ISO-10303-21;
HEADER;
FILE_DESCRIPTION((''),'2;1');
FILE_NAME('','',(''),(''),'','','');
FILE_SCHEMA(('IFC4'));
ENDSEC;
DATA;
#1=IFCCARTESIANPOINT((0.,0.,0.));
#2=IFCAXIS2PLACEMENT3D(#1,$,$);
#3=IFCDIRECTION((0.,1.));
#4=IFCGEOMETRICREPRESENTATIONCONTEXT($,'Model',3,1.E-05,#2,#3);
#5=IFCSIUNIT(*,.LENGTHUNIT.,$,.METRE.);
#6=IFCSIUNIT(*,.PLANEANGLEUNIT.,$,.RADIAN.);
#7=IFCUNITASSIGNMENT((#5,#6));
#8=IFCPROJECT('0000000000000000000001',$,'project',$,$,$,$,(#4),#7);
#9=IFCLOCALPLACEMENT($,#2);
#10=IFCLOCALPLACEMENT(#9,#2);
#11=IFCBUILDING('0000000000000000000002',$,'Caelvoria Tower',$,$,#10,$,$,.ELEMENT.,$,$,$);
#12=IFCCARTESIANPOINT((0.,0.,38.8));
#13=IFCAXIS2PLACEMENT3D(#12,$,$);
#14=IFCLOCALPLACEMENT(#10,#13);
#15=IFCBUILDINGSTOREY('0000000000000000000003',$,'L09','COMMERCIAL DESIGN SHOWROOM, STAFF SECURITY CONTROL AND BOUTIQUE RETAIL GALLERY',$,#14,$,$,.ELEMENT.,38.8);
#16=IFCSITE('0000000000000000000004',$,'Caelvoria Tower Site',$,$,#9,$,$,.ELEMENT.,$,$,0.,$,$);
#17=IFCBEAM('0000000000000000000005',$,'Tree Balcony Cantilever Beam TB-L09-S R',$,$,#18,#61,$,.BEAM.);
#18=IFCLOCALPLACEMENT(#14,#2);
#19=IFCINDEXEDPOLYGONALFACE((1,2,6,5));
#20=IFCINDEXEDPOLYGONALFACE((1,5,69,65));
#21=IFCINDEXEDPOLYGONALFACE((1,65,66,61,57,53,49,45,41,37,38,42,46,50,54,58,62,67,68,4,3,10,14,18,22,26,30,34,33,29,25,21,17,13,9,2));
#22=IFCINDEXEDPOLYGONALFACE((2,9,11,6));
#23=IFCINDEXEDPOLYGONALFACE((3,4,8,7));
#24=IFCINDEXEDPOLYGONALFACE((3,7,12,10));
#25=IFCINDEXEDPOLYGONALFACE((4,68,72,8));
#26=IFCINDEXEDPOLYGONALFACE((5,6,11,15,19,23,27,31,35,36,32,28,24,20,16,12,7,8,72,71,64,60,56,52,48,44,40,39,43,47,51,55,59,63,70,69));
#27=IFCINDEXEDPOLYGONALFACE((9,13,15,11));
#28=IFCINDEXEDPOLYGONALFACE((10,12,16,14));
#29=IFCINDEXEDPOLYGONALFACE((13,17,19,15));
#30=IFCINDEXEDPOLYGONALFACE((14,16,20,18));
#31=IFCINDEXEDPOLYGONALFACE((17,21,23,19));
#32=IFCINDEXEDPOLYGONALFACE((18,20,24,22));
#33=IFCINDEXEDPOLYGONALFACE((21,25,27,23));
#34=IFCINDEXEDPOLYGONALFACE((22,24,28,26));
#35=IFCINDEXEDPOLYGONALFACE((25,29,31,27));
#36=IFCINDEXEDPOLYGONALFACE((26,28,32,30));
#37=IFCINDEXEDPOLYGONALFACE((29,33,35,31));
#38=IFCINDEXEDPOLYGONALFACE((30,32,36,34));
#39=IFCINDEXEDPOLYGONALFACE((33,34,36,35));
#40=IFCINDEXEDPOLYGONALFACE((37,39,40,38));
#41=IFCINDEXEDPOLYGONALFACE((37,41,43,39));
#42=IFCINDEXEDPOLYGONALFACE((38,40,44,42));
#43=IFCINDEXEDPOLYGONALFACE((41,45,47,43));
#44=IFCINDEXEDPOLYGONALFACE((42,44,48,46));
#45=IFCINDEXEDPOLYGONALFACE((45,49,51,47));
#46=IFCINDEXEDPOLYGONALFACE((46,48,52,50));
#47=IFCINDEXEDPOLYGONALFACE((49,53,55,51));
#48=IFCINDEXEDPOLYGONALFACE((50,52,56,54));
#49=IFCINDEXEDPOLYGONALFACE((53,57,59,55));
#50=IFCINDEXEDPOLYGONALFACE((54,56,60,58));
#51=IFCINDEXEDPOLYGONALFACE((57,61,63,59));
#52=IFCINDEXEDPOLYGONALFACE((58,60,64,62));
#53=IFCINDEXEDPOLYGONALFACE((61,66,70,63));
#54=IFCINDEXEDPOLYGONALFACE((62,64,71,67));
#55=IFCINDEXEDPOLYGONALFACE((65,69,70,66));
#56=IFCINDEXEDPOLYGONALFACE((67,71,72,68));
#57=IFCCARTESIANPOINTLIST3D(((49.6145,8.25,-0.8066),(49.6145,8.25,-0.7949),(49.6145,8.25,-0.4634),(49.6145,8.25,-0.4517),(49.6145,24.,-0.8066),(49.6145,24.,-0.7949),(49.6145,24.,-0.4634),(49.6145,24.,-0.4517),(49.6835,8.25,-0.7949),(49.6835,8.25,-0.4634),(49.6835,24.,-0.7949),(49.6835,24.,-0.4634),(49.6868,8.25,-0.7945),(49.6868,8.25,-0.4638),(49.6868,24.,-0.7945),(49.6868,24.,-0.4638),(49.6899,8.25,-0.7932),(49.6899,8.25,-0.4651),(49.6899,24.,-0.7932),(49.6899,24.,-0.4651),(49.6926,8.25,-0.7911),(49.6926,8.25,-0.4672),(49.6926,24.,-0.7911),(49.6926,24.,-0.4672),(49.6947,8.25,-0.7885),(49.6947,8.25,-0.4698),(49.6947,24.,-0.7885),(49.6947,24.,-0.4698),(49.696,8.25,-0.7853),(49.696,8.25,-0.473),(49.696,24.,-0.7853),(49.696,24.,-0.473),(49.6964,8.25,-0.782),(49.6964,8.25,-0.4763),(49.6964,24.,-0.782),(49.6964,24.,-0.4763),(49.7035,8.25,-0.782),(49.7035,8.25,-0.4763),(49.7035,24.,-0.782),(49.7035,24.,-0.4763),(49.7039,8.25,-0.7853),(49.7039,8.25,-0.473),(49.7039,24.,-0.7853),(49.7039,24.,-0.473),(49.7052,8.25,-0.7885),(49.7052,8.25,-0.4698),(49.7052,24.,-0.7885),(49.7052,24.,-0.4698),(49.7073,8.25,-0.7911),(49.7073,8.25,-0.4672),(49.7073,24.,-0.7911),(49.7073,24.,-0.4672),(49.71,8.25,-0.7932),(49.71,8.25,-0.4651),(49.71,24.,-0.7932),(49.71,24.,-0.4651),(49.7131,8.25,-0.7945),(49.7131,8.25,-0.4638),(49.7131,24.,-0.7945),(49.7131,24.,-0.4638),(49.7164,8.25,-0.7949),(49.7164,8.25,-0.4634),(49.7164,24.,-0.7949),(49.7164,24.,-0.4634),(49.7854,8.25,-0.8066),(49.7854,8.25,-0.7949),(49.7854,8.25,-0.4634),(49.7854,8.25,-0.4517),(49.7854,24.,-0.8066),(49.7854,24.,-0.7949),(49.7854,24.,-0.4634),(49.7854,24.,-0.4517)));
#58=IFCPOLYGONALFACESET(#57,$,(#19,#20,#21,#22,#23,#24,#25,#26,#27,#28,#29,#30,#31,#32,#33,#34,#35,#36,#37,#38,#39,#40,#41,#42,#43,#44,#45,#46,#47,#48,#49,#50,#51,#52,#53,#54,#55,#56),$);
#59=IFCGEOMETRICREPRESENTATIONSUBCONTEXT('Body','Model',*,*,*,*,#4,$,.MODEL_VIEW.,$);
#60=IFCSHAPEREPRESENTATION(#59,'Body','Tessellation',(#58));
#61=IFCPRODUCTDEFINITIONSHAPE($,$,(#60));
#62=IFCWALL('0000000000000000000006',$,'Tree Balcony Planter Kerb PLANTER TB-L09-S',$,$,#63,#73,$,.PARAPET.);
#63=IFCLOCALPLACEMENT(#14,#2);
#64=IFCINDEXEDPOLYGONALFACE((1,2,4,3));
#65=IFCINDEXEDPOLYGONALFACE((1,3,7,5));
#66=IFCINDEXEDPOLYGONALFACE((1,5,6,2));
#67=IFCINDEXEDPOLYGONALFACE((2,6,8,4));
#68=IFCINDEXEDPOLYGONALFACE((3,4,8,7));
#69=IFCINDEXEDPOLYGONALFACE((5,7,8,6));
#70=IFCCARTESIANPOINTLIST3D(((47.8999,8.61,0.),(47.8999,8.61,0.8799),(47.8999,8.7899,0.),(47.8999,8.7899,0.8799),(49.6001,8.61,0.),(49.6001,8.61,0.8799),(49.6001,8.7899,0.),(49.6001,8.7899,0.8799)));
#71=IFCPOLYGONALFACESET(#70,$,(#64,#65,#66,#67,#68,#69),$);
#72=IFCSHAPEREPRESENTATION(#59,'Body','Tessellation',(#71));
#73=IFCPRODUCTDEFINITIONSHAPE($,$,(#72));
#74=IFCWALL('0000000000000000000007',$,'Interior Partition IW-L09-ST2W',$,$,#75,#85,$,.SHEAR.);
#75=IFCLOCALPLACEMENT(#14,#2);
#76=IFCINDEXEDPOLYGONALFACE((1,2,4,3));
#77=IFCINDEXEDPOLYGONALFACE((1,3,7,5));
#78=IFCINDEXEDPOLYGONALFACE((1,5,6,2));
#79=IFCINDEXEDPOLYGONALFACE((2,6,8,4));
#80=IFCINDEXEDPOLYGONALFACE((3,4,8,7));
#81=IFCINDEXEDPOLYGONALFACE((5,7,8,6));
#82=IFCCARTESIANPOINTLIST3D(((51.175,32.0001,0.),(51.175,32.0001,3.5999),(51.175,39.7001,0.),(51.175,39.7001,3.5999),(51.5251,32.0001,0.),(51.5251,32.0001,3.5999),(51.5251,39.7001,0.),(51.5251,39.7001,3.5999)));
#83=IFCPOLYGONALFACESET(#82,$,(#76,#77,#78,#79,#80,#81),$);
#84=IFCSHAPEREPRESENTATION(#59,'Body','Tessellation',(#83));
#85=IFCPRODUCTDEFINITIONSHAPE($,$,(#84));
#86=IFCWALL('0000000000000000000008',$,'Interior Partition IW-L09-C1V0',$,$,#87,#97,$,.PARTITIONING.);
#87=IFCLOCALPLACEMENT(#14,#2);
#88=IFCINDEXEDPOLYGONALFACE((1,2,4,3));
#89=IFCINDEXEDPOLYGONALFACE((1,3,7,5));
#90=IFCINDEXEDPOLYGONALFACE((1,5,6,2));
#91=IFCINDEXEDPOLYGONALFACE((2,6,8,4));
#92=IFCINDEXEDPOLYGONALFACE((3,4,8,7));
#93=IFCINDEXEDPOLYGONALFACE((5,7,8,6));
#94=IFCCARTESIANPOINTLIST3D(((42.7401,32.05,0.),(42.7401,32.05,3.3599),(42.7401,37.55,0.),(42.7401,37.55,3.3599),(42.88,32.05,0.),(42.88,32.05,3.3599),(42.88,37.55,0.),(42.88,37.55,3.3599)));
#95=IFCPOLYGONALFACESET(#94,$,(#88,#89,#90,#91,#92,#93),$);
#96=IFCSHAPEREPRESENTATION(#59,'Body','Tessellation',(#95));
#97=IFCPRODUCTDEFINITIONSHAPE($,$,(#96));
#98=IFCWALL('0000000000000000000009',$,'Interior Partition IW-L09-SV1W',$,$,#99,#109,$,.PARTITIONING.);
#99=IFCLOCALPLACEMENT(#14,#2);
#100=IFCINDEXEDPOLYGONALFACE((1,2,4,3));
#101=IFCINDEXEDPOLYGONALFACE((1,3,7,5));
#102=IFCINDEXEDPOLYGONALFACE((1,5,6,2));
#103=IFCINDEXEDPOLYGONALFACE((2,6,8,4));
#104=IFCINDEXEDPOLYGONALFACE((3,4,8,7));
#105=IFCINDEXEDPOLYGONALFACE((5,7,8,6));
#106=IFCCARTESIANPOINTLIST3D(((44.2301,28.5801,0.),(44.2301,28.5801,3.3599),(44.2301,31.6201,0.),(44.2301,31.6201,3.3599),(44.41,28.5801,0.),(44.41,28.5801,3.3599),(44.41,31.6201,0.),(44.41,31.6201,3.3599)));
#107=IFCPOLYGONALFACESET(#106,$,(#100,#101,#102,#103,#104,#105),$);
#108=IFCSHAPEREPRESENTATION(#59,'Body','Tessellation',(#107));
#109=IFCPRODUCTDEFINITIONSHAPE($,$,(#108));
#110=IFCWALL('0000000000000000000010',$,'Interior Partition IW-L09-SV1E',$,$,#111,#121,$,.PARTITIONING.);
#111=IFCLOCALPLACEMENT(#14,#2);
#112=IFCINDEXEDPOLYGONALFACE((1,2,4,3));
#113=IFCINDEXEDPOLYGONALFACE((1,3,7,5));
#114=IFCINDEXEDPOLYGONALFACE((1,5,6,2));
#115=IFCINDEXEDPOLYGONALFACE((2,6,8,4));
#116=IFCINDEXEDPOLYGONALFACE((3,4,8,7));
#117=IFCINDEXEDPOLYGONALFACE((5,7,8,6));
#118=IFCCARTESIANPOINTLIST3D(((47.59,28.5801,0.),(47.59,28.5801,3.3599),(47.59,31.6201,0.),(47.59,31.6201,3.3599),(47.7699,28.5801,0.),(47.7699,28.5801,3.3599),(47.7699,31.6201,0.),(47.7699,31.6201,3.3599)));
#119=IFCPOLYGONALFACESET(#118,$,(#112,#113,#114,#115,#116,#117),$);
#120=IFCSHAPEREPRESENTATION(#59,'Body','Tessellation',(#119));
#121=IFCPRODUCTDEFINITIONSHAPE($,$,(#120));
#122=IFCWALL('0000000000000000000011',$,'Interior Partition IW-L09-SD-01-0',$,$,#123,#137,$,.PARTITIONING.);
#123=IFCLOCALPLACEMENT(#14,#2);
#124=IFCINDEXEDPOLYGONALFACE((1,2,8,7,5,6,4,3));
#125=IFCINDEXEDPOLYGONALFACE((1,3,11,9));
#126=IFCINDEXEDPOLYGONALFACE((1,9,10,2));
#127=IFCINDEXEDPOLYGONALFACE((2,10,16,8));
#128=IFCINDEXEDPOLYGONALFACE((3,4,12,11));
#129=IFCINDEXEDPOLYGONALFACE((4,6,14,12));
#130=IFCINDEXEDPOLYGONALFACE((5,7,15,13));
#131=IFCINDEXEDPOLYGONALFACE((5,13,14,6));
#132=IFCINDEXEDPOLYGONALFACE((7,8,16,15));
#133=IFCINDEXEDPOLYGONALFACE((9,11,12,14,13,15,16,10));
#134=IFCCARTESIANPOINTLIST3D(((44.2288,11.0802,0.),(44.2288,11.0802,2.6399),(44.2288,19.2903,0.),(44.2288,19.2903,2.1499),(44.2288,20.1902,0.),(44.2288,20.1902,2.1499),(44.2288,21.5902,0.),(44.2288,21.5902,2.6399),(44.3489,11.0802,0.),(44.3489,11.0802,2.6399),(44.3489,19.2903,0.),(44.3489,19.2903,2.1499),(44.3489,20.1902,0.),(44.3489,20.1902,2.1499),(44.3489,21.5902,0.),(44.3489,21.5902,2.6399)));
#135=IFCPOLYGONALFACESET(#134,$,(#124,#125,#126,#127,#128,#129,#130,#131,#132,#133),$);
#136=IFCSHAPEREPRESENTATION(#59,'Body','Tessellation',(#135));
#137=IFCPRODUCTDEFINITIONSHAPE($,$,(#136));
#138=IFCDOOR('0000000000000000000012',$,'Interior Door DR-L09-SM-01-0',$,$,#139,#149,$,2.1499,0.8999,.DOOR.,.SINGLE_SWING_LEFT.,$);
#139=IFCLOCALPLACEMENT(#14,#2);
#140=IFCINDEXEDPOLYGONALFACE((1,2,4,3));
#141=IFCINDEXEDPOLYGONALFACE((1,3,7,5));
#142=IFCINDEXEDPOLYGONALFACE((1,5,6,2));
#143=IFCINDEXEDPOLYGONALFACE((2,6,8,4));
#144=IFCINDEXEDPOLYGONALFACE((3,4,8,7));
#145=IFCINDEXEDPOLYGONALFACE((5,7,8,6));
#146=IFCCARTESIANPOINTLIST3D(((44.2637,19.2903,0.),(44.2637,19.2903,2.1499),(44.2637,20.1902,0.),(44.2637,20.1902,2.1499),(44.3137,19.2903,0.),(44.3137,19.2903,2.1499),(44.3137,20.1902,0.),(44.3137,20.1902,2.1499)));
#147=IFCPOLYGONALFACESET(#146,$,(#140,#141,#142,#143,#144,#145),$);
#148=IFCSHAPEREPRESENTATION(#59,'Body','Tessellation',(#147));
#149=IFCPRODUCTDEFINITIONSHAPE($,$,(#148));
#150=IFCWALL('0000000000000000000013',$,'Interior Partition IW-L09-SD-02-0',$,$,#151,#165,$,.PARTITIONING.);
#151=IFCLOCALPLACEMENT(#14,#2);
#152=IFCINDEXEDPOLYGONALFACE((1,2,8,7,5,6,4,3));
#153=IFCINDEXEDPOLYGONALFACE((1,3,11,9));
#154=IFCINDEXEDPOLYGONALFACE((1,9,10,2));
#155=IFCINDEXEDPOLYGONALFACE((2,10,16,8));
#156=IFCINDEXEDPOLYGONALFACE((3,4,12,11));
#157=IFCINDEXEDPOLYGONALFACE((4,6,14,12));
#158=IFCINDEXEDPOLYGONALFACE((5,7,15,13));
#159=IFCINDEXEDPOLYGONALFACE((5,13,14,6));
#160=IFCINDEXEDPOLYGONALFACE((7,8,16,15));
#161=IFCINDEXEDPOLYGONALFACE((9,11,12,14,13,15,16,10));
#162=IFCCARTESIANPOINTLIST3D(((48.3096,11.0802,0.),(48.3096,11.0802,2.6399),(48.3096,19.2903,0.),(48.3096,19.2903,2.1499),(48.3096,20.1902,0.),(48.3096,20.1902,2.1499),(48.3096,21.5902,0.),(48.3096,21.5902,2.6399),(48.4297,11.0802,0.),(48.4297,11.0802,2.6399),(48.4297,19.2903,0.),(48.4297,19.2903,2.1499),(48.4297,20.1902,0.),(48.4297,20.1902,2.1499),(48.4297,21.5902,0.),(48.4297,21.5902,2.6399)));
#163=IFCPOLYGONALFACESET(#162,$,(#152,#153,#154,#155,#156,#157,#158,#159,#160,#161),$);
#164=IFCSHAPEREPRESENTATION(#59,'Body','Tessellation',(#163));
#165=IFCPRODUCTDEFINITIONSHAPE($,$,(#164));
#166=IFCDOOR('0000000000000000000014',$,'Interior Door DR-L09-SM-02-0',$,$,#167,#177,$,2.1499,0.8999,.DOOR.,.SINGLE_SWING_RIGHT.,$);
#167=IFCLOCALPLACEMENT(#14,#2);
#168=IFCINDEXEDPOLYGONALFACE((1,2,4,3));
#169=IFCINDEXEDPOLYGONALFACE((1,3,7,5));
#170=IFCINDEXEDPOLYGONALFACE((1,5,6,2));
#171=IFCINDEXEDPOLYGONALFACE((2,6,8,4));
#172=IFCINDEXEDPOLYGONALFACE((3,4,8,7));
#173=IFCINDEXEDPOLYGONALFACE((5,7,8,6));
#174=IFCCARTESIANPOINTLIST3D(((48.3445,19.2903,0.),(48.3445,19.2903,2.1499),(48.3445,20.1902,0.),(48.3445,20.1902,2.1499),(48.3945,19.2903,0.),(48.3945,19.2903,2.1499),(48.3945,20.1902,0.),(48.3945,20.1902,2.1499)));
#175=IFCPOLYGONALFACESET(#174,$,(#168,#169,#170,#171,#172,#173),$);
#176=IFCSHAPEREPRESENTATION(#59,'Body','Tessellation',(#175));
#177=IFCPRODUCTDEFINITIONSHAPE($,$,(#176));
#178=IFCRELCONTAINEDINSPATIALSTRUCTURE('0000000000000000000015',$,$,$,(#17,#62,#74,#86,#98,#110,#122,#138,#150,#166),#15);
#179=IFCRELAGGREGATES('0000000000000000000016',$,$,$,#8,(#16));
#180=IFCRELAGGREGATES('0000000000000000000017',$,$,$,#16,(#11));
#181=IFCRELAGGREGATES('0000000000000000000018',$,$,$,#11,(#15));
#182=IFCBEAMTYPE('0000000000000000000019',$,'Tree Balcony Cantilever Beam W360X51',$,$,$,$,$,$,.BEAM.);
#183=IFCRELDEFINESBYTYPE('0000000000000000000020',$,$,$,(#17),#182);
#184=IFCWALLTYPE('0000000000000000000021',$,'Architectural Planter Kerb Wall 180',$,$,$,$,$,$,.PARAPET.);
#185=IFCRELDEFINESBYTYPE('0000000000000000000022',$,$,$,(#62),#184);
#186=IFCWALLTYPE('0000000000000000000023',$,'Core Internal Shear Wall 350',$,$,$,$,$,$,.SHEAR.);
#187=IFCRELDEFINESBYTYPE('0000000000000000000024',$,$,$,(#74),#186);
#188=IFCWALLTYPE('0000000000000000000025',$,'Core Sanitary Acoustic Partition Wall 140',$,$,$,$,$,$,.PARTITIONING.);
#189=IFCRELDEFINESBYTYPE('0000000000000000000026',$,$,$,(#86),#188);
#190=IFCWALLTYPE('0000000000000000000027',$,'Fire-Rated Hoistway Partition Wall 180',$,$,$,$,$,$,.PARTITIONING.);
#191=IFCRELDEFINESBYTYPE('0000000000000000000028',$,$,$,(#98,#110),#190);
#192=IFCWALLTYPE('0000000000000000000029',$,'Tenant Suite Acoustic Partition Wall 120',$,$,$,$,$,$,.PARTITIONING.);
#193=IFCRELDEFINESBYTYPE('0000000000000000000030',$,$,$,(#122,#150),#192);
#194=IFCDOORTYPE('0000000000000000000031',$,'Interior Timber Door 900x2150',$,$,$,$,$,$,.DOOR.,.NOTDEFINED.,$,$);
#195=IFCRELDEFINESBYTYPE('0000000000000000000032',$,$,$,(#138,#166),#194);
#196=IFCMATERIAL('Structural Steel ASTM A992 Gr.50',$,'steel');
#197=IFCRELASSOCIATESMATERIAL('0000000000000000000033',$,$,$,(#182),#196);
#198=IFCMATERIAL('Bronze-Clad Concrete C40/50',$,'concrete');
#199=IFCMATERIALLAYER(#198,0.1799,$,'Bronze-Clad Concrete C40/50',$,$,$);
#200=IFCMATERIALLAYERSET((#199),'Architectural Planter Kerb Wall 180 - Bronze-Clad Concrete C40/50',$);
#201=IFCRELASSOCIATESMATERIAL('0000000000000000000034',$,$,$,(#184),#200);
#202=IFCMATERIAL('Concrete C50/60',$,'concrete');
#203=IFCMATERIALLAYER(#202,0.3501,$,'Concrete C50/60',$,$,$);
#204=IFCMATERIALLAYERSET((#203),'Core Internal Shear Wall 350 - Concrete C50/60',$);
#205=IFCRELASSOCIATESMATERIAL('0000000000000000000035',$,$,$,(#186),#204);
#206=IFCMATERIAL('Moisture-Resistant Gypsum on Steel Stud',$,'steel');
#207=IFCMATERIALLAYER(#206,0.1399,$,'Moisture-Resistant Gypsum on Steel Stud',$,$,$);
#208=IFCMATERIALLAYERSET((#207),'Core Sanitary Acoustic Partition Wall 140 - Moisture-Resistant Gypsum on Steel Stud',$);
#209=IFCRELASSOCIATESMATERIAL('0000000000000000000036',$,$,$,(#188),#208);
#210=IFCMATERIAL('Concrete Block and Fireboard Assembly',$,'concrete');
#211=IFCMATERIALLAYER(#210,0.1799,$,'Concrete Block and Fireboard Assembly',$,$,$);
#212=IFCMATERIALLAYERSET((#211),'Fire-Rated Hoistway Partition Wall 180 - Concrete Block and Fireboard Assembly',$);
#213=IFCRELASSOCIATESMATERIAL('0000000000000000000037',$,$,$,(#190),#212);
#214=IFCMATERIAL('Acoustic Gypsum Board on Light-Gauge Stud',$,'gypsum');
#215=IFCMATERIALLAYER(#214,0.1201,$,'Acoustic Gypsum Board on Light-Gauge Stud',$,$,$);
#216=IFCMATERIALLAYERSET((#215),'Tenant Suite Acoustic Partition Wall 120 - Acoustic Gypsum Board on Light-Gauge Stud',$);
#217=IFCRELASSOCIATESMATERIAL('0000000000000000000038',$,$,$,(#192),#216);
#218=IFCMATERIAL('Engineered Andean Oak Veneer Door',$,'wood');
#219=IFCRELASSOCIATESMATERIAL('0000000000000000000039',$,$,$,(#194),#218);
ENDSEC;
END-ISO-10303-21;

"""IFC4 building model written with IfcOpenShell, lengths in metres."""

from ifc_helpers import new_model, si_unit, direction, frame, frame_2d, origin, origin_2d, place, context, subcontext, project, spatial, rectangle, i_section, extrude, material, layer, layer_set, material_profile, profile_set, type_object, element, fill, save


model = new_model("IFC4")

# Units and contexts
model_context = context("Model", 3, precision=1e-05, world=origin(), true_north=direction((0.0, 1.0)))
body_context = subcontext(model_context, "Body", "Model", "MODEL_VIEW")
ifc_project = project(units=[si_unit("LENGTHUNIT", "METRE"), si_unit("PLANEANGLEUNIT", "RADIAN")], contexts=[model_context])

# Site, building, storey
site_placement = place(None, origin())
site = spatial("IfcSite", under=ifc_project, at=site_placement, Name="Caelvoria Tower Site", CompositionType="ELEMENT", RefElevation=0.0)
building_placement = place(site_placement, origin())
building = spatial("IfcBuilding", under=site, at=building_placement, Name="Caelvoria Tower", CompositionType="ELEMENT")
storey_placement = place(building_placement, frame((0.0, 0.0, 38.8)))
storey = spatial("IfcBuildingStorey", under=building, at=storey_placement, Name="L09", Description="COMMERCIAL DESIGN SHOWROOM, STAFF SECURITY CONTROL AND BOUTIQUE RETAIL GALLERY", CompositionType="ELEMENT", Elevation=38.8)

# Beam
ifc_material_1 = material(Name="Structural Steel ASTM A992 Gr.50", Category="steel")
ifc_material_profile_1 = material_profile(ifc_material_1, i_section(OverallWidth=0.1709, OverallDepth=0.355, WebThickness=0.0071, FlangeThickness=0.0117, FilletRadius=0.0129, at=origin_2d()), Name="Structural Steel ASTM A992 Gr.50")
ifc_profile_set_1 = profile_set([ifc_material_profile_1], Name="W360X51 - Structural Steel ASTM A992 Gr.50")
beam_type_1 = type_object("IfcBeamType", Name="Tree Balcony Cantilever Beam W360X51", PredefinedType="BEAM", material=ifc_profile_set_1)
beam_1_placement = place(storey_placement, frame((49.7, 24.0, -0.6292), z_axis=(0.0, -1.0, 0.0), x_axis=(1.0, 0.0, 0.0)))
element("IfcBeam", 1, at=beam_1_placement, inside=storey, type_object=beam_type_1, Name="Tree Balcony Cantilever Beam TB-L09-S R", PredefinedType="BEAM", context=body_context, shape_type="SweptSolid", body=[
    extrude(i_section(OverallWidth=0.1709, OverallDepth=0.355, WebThickness=0.0071, FlangeThickness=0.0117, FilletRadius=0.0129, at=origin_2d()), origin(), (0.0, 0.0, 1.0), 15.75),
])

# Walls
ifc_material_2 = material(Name="Bronze-Clad Concrete C40/50", Category="concrete")
ifc_layer_1 = layer(ifc_material_2, 0.1799, Name="Bronze-Clad Concrete C40/50")
ifc_layer_set_1 = layer_set([ifc_layer_1], Name="Architectural Planter Kerb Wall 180 - Bronze-Clad Concrete C40/50")
wall_type_1 = type_object("IfcWallType", Name="Architectural Planter Kerb Wall 180", PredefinedType="PARAPET", material=ifc_layer_set_1)
wall_1_placement = place(storey_placement, frame((47.8999, 8.7, 0.0), z_axis=(0.0, 0.0, 1.0), x_axis=(1.0, 0.0, 0.0)))
element("IfcWall", 2, at=wall_1_placement, inside=storey, type_object=wall_type_1, Name="Tree Balcony Planter Kerb PLANTER TB-L09-S", PredefinedType="PARAPET", context=body_context, shape_type="SweptSolid", body=[
    extrude(rectangle(XDim=1.7002, YDim=0.1799, at=frame_2d((0.8501, 0.0))), origin(), (0.0, 0.0, 1.0), 0.8799),
])
ifc_material_3 = material(Name="Concrete C50/60", Category="concrete")
ifc_layer_2 = layer(ifc_material_3, 0.3501, Name="Concrete C50/60")
ifc_layer_set_2 = layer_set([ifc_layer_2], Name="Core Internal Shear Wall 350 - Concrete C50/60")
wall_type_2 = type_object("IfcWallType", Name="Core Internal Shear Wall 350", PredefinedType="SHEAR", material=ifc_layer_set_2)
wall_2_placement = place(storey_placement, frame((51.3501, 32.0, 0.0), z_axis=(0.0, 0.0, 1.0), x_axis=(0.0, 1.0, 0.0)))
element("IfcWall", 3, at=wall_2_placement, inside=storey, type_object=wall_type_2, Name="Interior Partition IW-L09-ST2W", PredefinedType="SHEAR", context=body_context, shape_type="SweptSolid", body=[
    extrude(rectangle(XDim=7.7, YDim=0.3501, at=frame_2d((3.8501, 0.0))), origin(), (0.0, 0.0, 1.0), 3.5999),
])
ifc_material_4 = material(Name="Moisture-Resistant Gypsum on Steel Stud", Category="steel")
ifc_layer_3 = layer(ifc_material_4, 0.1399, Name="Moisture-Resistant Gypsum on Steel Stud")
ifc_layer_set_3 = layer_set([ifc_layer_3], Name="Core Sanitary Acoustic Partition Wall 140 - Moisture-Resistant Gypsum on Steel Stud")
wall_type_3 = type_object("IfcWallType", Name="Core Sanitary Acoustic Partition Wall 140", PredefinedType="PARTITIONING", material=ifc_layer_set_3)
wall_3_placement = place(storey_placement, frame((42.8101, 32.05, 0.0), z_axis=(0.0, 0.0, 1.0), x_axis=(0.0, 1.0, 0.0)))
element("IfcWall", 4, at=wall_3_placement, inside=storey, type_object=wall_type_3, Name="Interior Partition IW-L09-C1V0", PredefinedType="PARTITIONING", context=body_context, shape_type="SweptSolid", body=[
    extrude(rectangle(XDim=5.5, YDim=0.1399, at=frame_2d((2.75, 0.0))), origin(), (0.0, 0.0, 1.0), 3.3599),
])
ifc_material_5 = material(Name="Concrete Block and Fireboard Assembly", Category="concrete")
ifc_layer_4 = layer(ifc_material_5, 0.1799, Name="Concrete Block and Fireboard Assembly")
ifc_layer_set_4 = layer_set([ifc_layer_4], Name="Fire-Rated Hoistway Partition Wall 180 - Concrete Block and Fireboard Assembly")
wall_type_4 = type_object("IfcWallType", Name="Fire-Rated Hoistway Partition Wall 180", PredefinedType="PARTITIONING", material=ifc_layer_set_4)
for number, where, z_axis, x_axis, name in (
    (5, (44.3201, 28.5801, 0.0), (0.0, 0.0, 1.0), (0.0, 1.0, 0.0), "Interior Partition IW-L09-SV1W"),
    (6, (47.6799, 28.5801, 0.0), (0.0, 0.0, 1.0), (0.0, 1.0, 0.0), "Interior Partition IW-L09-SV1E"),
):
    element("IfcWall", number, at=place(storey_placement, frame(where, z_axis=z_axis, x_axis=x_axis)), inside=storey, type_object=wall_type_4, Name=name, PredefinedType="PARTITIONING", context=body_context, shape_type="SweptSolid", body=[
        extrude(rectangle(XDim=3.04, YDim=0.1799, at=frame_2d((1.52, 0.0))), origin(), (0.0, 0.0, 1.0), 3.3599),
    ])

# Walls, openings, doors
ifc_material_6 = material(Name="Acoustic Gypsum Board on Light-Gauge Stud", Category="gypsum")
ifc_layer_5 = layer(ifc_material_6, 0.1201, Name="Acoustic Gypsum Board on Light-Gauge Stud")
ifc_layer_set_5 = layer_set([ifc_layer_5], Name="Tenant Suite Acoustic Partition Wall 120 - Acoustic Gypsum Board on Light-Gauge Stud")
wall_type_5 = type_object("IfcWallType", Name="Tenant Suite Acoustic Partition Wall 120", PredefinedType="PARTITIONING", material=ifc_layer_set_5)
wall_4_placement = place(storey_placement, frame((44.2888, 21.5901, 0.0), z_axis=(0.0, 0.0, 1.0), x_axis=(0.0, -1.0, 0.0)))
wall_4 = element("IfcWall", 7, at=wall_4_placement, inside=storey, type_object=wall_type_5, Name="Interior Partition IW-L09-SD-01-0", PredefinedType="PARTITIONING", context=body_context, shape_type="SweptSolid", body=[
    extrude(rectangle(XDim=10.51, YDim=0.1201, at=frame_2d((5.2549, 0.0))), origin(), (0.0, 0.0, 1.0), 2.6399),
])
opening_1_placement = place(wall_4_placement, frame((1.3999, 0.0, 0.0)))
opening_1 = element("IfcOpeningElement", 8, at=opening_1_placement, cuts=wall_4, PredefinedType="OPENING", context=body_context, shape_type="SweptSolid", body=[
    extrude(rectangle(XDim=0.8999, YDim=2.1499, at=frame_2d((0.45, 1.075))), frame((0.0, 0.0701, 0.0), z_axis=(0.0, -1.0, 0.0), x_axis=(1.0, 0.0, 0.0)), (0.0, 0.0, 1.0), 0.1401),
])
ifc_material_7 = material(Name="Engineered Andean Oak Veneer Door", Category="wood")
door_type_1 = type_object("IfcDoorType", Name="Interior Timber Door 900x2150", OperationType="NOTDEFINED", PredefinedType="DOOR", material=ifc_material_7)
door_1_placement = place(opening_1_placement, origin())
door_1 = element("IfcDoor", 9, at=door_1_placement, inside=storey, type_object=door_type_1, Name="Interior Door DR-L09-SM-01-0", OperationType="SINGLE_SWING_LEFT", OverallHeight=2.1499, OverallWidth=0.8999, PredefinedType="DOOR", context=body_context, shape_type="SweptSolid", body=[
    extrude(rectangle(XDim=0.8999, YDim=2.1499, at=frame_2d((0.45, 1.075))), frame((0.0, 0.0249, 0.0), z_axis=(0.0, -1.0, 0.0), x_axis=(1.0, 0.0, 0.0)), (0.0, 0.0, 1.0), 0.05),
])
fill(opening_1, door_1)
wall_5_placement = place(storey_placement, frame((48.3696, 21.5901, 0.0), z_axis=(0.0, 0.0, 1.0), x_axis=(0.0, -1.0, 0.0)))
wall_5 = element("IfcWall", 10, at=wall_5_placement, inside=storey, type_object=wall_type_5, Name="Interior Partition IW-L09-SD-02-0", PredefinedType="PARTITIONING", context=body_context, shape_type="SweptSolid", body=[
    extrude(rectangle(XDim=10.51, YDim=0.1201, at=frame_2d((5.2549, 0.0))), origin(), (0.0, 0.0, 1.0), 2.6399),
])
opening_2_placement = place(wall_5_placement, frame((1.3999, 0.0, 0.0)))
opening_2 = element("IfcOpeningElement", 11, at=opening_2_placement, cuts=wall_5, PredefinedType="OPENING", context=body_context, shape_type="SweptSolid", body=[
    extrude(rectangle(XDim=0.8999, YDim=2.1499, at=frame_2d((0.45, 1.075))), frame((0.0, 0.0701, 0.0), z_axis=(0.0, -1.0, 0.0), x_axis=(1.0, 0.0, 0.0)), (0.0, 0.0, 1.0), 0.1401),
])
door_2_placement = place(opening_2_placement, origin())
door_2 = element("IfcDoor", 12, at=door_2_placement, inside=storey, type_object=door_type_1, Name="Interior Door DR-L09-SM-02-0", OperationType="SINGLE_SWING_RIGHT", OverallHeight=2.1499, OverallWidth=0.8999, PredefinedType="DOOR", context=body_context, shape_type="SweptSolid", body=[
    extrude(rectangle(XDim=0.8999, YDim=2.1499, at=frame_2d((0.45, 1.075))), frame((0.0, 0.0249, 0.0), z_axis=(0.0, -1.0, 0.0), x_axis=(1.0, 0.0, 0.0)), (0.0, 0.0, 1.0), 0.05),
])
fill(opening_2, door_2)

save(model, "model.ifc")
